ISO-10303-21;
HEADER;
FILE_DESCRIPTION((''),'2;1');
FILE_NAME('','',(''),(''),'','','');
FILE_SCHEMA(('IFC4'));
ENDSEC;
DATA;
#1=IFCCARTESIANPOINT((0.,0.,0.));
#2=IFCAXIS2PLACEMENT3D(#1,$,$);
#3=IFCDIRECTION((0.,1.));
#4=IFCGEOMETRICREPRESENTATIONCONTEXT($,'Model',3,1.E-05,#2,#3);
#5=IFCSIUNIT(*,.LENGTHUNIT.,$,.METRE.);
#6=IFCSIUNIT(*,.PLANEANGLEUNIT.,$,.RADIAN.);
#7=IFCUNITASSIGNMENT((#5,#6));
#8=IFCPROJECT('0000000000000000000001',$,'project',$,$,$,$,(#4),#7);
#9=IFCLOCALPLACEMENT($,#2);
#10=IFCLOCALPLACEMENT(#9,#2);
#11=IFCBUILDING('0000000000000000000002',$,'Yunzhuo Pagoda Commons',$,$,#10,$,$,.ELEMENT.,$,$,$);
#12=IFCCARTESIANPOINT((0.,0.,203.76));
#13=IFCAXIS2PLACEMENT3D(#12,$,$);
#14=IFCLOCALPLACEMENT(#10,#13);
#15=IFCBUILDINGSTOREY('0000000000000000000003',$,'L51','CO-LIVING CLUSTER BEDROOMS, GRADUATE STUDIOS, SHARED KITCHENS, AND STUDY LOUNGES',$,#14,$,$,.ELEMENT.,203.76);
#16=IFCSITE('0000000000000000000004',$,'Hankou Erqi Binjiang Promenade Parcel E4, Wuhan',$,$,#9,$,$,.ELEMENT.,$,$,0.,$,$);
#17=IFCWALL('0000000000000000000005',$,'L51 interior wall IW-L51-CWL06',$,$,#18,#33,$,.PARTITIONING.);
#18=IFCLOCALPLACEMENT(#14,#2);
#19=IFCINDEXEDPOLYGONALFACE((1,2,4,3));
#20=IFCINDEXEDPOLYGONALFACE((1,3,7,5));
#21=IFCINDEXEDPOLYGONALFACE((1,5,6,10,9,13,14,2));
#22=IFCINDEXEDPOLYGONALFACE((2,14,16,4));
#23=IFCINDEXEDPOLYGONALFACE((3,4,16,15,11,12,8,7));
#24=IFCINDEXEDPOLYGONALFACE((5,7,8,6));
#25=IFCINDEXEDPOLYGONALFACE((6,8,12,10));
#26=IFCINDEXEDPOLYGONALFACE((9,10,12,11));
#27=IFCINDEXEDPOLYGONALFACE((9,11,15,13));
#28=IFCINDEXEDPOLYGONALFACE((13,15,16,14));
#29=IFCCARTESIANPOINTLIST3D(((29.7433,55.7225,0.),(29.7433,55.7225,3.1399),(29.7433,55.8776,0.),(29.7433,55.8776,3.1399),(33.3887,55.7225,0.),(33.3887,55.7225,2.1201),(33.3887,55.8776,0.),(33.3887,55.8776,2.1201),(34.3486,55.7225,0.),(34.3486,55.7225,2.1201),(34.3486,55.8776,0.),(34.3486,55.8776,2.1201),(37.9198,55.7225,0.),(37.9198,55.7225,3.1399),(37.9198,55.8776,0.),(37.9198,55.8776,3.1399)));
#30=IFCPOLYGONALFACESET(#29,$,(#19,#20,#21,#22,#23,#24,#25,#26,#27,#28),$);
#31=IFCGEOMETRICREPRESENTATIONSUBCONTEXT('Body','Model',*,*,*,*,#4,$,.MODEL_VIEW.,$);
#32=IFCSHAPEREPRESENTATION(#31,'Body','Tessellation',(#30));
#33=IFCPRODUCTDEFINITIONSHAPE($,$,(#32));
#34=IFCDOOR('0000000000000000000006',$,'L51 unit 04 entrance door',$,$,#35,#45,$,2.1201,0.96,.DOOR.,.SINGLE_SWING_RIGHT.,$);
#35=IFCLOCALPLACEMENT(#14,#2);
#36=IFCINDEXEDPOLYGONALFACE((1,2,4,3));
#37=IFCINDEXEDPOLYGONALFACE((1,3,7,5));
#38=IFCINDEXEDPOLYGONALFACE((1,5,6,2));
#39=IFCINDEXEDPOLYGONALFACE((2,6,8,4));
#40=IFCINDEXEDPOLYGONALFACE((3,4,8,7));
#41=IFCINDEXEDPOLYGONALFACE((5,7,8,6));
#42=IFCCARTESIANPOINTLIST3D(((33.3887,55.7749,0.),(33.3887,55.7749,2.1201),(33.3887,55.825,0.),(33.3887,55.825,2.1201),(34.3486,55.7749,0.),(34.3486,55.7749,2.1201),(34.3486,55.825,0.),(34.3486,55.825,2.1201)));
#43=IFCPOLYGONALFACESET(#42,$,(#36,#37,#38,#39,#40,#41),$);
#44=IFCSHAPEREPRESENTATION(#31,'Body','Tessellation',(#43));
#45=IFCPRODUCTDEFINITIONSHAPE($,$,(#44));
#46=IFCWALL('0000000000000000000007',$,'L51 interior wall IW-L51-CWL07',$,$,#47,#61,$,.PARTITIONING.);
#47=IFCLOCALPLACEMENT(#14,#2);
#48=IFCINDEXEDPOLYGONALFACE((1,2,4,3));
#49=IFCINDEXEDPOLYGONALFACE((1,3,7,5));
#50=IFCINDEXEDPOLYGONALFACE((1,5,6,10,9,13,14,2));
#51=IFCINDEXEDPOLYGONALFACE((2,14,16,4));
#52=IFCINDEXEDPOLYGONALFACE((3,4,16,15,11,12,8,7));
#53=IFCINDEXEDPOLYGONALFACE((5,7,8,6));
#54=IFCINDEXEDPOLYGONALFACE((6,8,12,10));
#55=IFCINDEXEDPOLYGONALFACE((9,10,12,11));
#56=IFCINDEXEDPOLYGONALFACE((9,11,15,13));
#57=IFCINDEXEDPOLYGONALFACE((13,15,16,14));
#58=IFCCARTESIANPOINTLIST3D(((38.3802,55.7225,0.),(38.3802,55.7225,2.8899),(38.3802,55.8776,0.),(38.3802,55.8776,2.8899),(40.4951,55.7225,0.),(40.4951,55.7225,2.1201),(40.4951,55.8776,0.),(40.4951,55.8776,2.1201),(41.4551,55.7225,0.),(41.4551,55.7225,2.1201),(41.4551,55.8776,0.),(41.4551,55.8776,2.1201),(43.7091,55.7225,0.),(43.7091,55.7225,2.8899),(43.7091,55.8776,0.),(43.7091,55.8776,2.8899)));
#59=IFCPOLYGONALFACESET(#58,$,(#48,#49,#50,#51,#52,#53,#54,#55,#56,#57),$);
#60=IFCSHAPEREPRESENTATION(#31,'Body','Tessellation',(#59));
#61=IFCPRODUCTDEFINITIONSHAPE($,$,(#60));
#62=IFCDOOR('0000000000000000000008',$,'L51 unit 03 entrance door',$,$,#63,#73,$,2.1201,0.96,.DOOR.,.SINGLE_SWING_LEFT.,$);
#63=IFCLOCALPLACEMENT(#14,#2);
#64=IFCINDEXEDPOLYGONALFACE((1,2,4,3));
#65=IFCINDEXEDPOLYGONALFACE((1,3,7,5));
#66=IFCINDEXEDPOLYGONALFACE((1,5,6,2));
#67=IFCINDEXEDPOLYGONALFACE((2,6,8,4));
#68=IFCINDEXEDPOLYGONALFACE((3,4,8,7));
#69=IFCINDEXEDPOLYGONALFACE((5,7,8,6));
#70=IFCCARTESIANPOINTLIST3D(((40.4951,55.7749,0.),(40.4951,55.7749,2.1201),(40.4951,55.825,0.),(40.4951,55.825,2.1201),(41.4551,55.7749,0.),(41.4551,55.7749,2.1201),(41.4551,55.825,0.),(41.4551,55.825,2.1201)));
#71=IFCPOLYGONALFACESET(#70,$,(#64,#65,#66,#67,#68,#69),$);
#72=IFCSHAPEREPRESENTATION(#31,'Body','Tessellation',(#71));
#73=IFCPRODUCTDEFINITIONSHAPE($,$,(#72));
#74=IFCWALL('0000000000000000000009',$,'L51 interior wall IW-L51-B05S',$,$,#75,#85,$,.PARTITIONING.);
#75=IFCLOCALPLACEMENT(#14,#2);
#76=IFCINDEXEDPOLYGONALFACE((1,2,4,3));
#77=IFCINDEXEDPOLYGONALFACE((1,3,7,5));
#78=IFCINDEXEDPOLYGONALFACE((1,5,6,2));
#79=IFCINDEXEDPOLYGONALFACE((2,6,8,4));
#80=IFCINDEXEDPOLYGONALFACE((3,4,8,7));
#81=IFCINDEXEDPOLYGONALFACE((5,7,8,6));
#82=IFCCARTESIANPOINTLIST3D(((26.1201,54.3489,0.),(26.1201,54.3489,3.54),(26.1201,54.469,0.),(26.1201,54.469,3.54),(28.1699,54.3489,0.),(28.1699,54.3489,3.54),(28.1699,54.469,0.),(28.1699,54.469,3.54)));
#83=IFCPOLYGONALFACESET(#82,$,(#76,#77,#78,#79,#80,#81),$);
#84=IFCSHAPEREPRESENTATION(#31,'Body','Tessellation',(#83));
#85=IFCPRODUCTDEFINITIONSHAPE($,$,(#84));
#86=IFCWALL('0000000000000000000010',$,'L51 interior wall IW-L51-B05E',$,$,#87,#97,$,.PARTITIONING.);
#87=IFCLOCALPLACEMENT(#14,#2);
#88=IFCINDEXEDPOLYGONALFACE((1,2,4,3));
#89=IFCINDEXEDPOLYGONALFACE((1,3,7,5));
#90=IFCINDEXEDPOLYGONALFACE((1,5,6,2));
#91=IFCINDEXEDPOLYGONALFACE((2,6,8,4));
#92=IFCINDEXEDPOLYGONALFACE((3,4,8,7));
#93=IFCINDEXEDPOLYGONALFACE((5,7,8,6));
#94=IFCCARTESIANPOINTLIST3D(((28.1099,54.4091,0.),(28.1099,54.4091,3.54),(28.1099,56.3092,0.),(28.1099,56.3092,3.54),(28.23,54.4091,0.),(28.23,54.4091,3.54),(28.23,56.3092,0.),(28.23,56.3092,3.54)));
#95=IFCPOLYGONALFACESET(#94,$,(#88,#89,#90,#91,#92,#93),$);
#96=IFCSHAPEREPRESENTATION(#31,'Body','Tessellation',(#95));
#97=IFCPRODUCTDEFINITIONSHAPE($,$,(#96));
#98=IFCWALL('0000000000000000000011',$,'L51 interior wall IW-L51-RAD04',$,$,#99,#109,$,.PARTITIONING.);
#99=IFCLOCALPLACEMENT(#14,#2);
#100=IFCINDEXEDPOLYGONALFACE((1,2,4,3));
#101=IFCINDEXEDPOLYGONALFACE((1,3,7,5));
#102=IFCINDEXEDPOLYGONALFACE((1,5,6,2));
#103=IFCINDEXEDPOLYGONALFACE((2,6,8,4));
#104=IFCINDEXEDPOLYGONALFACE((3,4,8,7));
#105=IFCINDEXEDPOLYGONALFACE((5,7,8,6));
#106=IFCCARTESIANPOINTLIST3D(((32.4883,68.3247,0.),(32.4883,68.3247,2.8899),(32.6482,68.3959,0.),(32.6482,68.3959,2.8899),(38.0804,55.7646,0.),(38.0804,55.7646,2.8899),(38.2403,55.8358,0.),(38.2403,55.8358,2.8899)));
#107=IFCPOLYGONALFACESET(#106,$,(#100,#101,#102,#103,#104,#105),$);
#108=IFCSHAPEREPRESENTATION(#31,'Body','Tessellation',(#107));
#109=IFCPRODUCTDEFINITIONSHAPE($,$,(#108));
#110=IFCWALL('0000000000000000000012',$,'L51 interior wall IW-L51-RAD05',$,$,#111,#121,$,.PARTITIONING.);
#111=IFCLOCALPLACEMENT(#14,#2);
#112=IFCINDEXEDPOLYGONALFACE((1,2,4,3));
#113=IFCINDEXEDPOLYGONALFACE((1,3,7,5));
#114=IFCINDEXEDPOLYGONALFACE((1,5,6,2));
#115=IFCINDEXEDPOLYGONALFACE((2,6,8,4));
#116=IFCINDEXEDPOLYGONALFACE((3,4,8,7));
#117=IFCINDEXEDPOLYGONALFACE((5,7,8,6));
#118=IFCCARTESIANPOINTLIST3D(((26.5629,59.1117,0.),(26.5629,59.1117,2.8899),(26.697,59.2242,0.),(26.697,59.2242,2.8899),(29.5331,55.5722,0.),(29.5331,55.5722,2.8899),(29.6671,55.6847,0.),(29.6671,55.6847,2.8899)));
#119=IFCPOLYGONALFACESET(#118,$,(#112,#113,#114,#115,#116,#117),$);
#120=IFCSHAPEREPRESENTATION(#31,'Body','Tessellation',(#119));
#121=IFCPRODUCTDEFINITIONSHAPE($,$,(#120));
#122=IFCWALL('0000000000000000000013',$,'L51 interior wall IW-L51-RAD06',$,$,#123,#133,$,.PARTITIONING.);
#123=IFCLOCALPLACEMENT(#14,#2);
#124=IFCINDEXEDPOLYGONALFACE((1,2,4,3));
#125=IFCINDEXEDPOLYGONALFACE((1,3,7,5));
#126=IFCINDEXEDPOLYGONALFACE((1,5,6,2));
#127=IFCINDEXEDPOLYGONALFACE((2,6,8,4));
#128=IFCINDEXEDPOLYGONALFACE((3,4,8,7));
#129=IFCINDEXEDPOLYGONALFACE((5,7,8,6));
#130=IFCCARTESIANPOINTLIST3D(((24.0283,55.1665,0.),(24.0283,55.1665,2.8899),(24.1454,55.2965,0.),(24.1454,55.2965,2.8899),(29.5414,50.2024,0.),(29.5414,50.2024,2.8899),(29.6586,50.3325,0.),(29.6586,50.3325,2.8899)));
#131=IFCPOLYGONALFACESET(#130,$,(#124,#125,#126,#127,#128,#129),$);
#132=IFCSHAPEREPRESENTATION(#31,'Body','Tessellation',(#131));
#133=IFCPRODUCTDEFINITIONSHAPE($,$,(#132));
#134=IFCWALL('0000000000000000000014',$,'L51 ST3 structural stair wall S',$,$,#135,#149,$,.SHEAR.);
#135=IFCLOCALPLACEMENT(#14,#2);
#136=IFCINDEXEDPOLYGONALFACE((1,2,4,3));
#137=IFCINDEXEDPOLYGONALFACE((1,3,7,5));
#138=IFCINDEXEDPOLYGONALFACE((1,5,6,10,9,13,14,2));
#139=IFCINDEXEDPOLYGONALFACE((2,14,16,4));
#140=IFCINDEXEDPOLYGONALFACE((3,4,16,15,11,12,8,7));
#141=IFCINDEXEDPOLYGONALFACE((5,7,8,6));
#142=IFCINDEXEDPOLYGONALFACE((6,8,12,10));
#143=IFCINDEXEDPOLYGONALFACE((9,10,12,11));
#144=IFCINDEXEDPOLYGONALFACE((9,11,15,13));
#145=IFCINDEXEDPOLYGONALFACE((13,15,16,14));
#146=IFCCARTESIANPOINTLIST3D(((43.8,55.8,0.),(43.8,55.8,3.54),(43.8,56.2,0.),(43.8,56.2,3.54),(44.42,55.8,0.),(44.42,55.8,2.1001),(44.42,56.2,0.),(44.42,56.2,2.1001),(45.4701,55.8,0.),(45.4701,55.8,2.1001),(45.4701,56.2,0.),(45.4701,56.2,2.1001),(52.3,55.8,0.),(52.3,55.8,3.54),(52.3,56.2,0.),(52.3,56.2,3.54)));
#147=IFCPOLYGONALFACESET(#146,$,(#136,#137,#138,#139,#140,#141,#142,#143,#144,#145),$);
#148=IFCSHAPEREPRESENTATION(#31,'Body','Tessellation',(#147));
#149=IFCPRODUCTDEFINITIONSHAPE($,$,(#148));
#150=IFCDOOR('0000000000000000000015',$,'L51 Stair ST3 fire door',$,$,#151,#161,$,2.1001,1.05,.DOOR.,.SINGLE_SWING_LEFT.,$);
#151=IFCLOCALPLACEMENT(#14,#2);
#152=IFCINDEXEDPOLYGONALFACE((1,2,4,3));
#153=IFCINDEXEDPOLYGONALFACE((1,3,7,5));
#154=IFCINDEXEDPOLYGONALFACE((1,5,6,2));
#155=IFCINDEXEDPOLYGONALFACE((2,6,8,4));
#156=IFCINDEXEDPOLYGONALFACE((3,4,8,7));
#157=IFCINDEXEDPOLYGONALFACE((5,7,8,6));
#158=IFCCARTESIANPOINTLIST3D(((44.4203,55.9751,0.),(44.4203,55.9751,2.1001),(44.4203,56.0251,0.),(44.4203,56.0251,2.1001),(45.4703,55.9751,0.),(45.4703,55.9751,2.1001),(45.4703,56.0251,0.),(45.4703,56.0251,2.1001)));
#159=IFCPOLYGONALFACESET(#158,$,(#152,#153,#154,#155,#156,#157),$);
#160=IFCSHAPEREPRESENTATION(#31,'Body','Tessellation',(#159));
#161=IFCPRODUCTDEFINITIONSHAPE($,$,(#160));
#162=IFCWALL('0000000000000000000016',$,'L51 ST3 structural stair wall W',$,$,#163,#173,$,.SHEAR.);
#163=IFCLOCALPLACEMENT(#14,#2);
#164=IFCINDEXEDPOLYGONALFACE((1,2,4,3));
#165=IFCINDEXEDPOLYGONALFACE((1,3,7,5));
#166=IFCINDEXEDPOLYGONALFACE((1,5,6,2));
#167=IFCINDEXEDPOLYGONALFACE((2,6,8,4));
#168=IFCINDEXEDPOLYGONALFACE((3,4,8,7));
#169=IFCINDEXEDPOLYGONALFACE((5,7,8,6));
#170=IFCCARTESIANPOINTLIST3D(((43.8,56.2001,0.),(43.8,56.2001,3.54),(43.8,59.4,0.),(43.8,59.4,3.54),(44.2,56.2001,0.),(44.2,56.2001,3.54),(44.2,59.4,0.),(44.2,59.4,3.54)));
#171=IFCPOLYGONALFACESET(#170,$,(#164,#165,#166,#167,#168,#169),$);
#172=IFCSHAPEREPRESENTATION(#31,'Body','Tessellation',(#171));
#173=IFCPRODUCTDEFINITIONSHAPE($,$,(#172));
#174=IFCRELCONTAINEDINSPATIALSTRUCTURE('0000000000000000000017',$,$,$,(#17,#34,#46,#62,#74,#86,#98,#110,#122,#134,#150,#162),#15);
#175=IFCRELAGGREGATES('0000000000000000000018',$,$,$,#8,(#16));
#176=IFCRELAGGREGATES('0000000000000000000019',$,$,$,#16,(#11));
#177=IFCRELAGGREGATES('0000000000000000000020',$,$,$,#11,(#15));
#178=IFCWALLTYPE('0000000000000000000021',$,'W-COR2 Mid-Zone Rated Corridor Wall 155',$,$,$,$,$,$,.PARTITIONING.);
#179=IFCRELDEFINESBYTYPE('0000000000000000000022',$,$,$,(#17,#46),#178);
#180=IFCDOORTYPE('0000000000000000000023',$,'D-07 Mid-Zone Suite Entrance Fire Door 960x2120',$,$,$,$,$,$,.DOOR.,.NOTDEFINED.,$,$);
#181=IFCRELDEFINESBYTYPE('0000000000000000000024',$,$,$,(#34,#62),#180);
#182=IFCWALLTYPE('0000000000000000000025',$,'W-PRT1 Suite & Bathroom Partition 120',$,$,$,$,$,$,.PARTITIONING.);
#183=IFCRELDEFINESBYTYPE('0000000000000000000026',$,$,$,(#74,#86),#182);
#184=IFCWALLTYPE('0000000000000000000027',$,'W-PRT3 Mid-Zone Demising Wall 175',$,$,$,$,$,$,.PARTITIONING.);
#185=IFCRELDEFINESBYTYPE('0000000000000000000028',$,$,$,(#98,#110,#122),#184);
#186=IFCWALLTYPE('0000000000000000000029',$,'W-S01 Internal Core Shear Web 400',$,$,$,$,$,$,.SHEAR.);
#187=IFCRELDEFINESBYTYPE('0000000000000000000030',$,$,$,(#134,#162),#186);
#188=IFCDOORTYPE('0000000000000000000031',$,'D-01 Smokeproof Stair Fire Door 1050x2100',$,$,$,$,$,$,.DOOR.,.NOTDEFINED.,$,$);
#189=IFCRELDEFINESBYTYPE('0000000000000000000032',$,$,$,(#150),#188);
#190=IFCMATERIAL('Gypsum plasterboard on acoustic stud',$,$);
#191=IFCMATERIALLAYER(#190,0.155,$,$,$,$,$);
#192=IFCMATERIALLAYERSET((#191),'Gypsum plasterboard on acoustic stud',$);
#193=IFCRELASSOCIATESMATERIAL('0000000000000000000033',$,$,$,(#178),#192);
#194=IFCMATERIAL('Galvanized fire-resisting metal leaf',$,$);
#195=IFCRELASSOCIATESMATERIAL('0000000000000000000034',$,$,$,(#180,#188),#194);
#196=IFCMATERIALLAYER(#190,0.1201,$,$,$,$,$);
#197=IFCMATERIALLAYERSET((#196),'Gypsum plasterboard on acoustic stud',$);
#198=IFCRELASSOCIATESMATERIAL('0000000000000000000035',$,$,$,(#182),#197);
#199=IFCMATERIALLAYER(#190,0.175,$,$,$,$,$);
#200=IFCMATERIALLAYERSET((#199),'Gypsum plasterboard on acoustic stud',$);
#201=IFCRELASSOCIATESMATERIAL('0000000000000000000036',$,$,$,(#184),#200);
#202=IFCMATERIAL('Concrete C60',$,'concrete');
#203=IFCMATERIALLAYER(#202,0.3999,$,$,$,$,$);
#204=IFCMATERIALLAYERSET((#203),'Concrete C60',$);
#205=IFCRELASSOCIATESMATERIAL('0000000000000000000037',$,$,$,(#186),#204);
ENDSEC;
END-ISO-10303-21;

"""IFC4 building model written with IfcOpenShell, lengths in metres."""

from ifc_helpers import new_model, si_unit, direction, frame, frame_2d, origin, origin_with_axes, place, context, subcontext, project, spatial, rectangle, extrude, source, transform, mapped, material, layer, layer_set, type_object, element, fill, save


model = new_model("IFC4")

# Units and contexts
model_context = context("Model", 3, precision=1e-05, world=origin(), true_north=direction((0.0, 1.0)))
body_context = subcontext(model_context, "Body", "Model", "MODEL_VIEW")
ifc_project = project(units=[si_unit("LENGTHUNIT", "METRE"), si_unit("PLANEANGLEUNIT", "RADIAN")], contexts=[model_context])

# Site, building, storey
site_placement = place(None, origin())
site = spatial("IfcSite", under=ifc_project, at=site_placement, Name="Hankou Erqi Binjiang Promenade Parcel E4, Wuhan", CompositionType="ELEMENT", RefElevation=0.0)
building_placement = place(site_placement, origin())
building = spatial("IfcBuilding", under=site, at=building_placement, Name="Yunzhuo Pagoda Commons", CompositionType="ELEMENT")
storey_placement = place(building_placement, frame((0.0, 0.0, 203.76)))
storey = spatial("IfcBuildingStorey", under=building, at=storey_placement, Name="L51", Description="CO-LIVING CLUSTER BEDROOMS, GRADUATE STUDIOS, SHARED KITCHENS, AND STUDY LOUNGES", CompositionType="ELEMENT", Elevation=203.76)

# Shared definitions
ifc_material_1 = material(Name="Gypsum plasterboard on acoustic stud")
ifc_layer_1 = layer(ifc_material_1, 0.155)
ifc_layer_set_1 = layer_set([ifc_layer_1], Name="Gypsum plasterboard on acoustic stud")
wall_type_1 = type_object("IfcWallType", Name="W-COR2 Mid-Zone Rated Corridor Wall 155", PredefinedType="PARTITIONING", material=ifc_layer_set_1)

# Walls, openings, doors
ifc_material_2 = material(Name="Galvanized fire-resisting metal leaf")
door_type_1 = type_object("IfcDoorType", Name="D-07 Mid-Zone Suite Entrance Fire Door 960x2120", OperationType="NOTDEFINED", PredefinedType="DOOR", material=ifc_material_2)
shared_shape_1 = source(origin(), body_context, "Body", "SweptSolid", [
    extrude(rectangle(XDim=0.96, YDim=2.1201, at=frame_2d((0.48, 1.0601))), frame((0.0, 0.0249, 0.0), z_axis=(0.0, -1.0, 0.0), x_axis=(1.0, 0.0, 0.0)), (0.0, 0.0, 1.0), 0.05),
])
wall_1_placement = place(storey_placement, frame((29.7432, 55.8, 0.0), z_axis=(0.0, 0.0, 1.0), x_axis=(1.0, 0.0, 0.0)))
wall_1 = element("IfcWall", 1, at=wall_1_placement, inside=storey, type_object=wall_type_1, Name="L51 interior wall IW-L51-CWL06", PredefinedType="PARTITIONING", context=body_context, shape_type="SweptSolid", body=[
    extrude(rectangle(XDim=8.1765, YDim=0.155, at=frame_2d((4.0884, 0.0))), origin(), (0.0, 0.0, 1.0), 3.1399),
])
opening_1_placement = place(wall_1_placement, frame((3.6455, 0.0, 0.0)))
opening_1 = element("IfcOpeningElement", 2, at=opening_1_placement, cuts=wall_1, PredefinedType="OPENING", context=body_context, shape_type="SweptSolid", body=[
    extrude(rectangle(XDim=0.96, YDim=2.1201, at=frame_2d((0.48, 1.0601))), frame((0.0, 0.0874, 0.0), z_axis=(0.0, -1.0, 0.0), x_axis=(1.0, 0.0, 0.0)), (0.0, 0.0, 1.0), 0.175),
])
door_1_placement = place(opening_1_placement, origin_with_axes())
door_1 = element("IfcDoor", 3, at=door_1_placement, inside=storey, type_object=door_type_1, Name="L51 unit 04 entrance door", OperationType="SINGLE_SWING_RIGHT", OverallHeight=2.1201, OverallWidth=0.96, PredefinedType="DOOR", context=body_context, shape_type="MappedRepresentation", body=[
    mapped(shared_shape_1, transform((0.0, 0.0, 0.0), scale=1.0)),
])
fill(opening_1, door_1)
wall_2_placement = place(storey_placement, frame((38.3801, 55.8, 0.0), z_axis=(0.0, 0.0, 1.0), x_axis=(1.0, 0.0, 0.0)))
wall_2 = element("IfcWall", 4, at=wall_2_placement, inside=storey, type_object=wall_type_1, Name="L51 interior wall IW-L51-CWL07", PredefinedType="PARTITIONING", context=body_context, shape_type="SweptSolid", body=[
    extrude(rectangle(XDim=5.3289, YDim=0.155, at=frame_2d((2.6646, 0.0))), origin(), (0.0, 0.0, 1.0), 2.8899),
])
opening_2_placement = place(wall_2_placement, frame((2.115, 0.0, 0.0)))
opening_2 = element("IfcOpeningElement", 5, at=opening_2_placement, cuts=wall_2, PredefinedType="OPENING", context=body_context, shape_type="SweptSolid", body=[
    extrude(rectangle(XDim=0.96, YDim=2.1201, at=frame_2d((0.48, 1.0601))), frame((0.0, 0.0874, 0.0), z_axis=(0.0, -1.0, 0.0), x_axis=(1.0, 0.0, 0.0)), (0.0, 0.0, 1.0), 0.175),
])
door_2_placement = place(opening_2_placement, origin_with_axes())
door_2 = element("IfcDoor", 6, at=door_2_placement, inside=storey, type_object=door_type_1, Name="L51 unit 03 entrance door", OperationType="SINGLE_SWING_LEFT", OverallHeight=2.1201, OverallWidth=0.96, PredefinedType="DOOR", context=body_context, shape_type="MappedRepresentation", body=[
    mapped(shared_shape_1, transform((0.0, 0.0, 0.0), scale=1.0)),
])
fill(opening_2, door_2)

# Walls
ifc_layer_2 = layer(ifc_material_1, 0.1201)
ifc_layer_set_2 = layer_set([ifc_layer_2], Name="Gypsum plasterboard on acoustic stud")
wall_type_2 = type_object("IfcWallType", Name="W-PRT1 Suite & Bathroom Partition 120", PredefinedType="PARTITIONING", material=ifc_layer_set_2)
wall_3_placement = place(storey_placement, frame((26.1201, 54.4089, 0.0), z_axis=(0.0, 0.0, 1.0), x_axis=(1.0, 0.0, 0.0)))
element("IfcWall", 7, at=wall_3_placement, inside=storey, type_object=wall_type_2, Name="L51 interior wall IW-L51-B05S", PredefinedType="PARTITIONING", context=body_context, shape_type="SweptSolid", body=[
    extrude(rectangle(XDim=2.0498, YDim=0.1201, at=frame_2d((1.0249, 0.0))), origin(), (0.0, 0.0, 1.0), 3.54),
])
wall_4_placement = place(storey_placement, frame((28.1699, 54.4089, 0.0), z_axis=(0.0, 0.0, 1.0), x_axis=(0.0, 1.0, 0.0)))
element("IfcWall", 8, at=wall_4_placement, inside=storey, type_object=wall_type_2, Name="L51 interior wall IW-L51-B05E", PredefinedType="PARTITIONING", context=body_context, shape_type="SweptSolid", body=[
    extrude(rectangle(XDim=1.9001, YDim=0.1201, at=frame_2d((0.9502, 0.0))), origin(), (0.0, 0.0, 1.0), 3.54),
])
ifc_layer_3 = layer(ifc_material_1, 0.175)
ifc_layer_set_3 = layer_set([ifc_layer_3], Name="Gypsum plasterboard on acoustic stud")
wall_type_3 = type_object("IfcWallType", Name="W-PRT3 Mid-Zone Demising Wall 175", PredefinedType="PARTITIONING", material=ifc_layer_set_3)
wall_5_placement = place(storey_placement, frame((38.1604, 55.8, 0.0), z_axis=(0.0, 0.0, 1.0), x_axis=(-0.406733, 0.913547, 0.0)))
element("IfcWall", 9, at=wall_5_placement, inside=storey, type_object=wall_type_3, Name="L51 interior wall IW-L51-RAD04", PredefinedType="PARTITIONING", context=body_context, shape_type="SweptSolid", body=[
    extrude(rectangle(XDim=13.7488, YDim=0.175, at=frame_2d((6.8745, 0.0))), origin(), (0.0, 0.0, 1.0), 2.8899),
])
wall_6_placement = place(storey_placement, frame((29.6001, 55.6284, 0.0), z_axis=(0.0, 0.0, 1.0), x_axis=(-0.64281, 0.766025, 0.0)))
element("IfcWall", 10, at=wall_6_placement, inside=storey, type_object=wall_type_3, Name="L51 interior wall IW-L51-RAD05", PredefinedType="PARTITIONING", context=body_context, shape_type="SweptSolid", body=[
    extrude(rectangle(XDim=4.6206, YDim=0.175, at=frame_2d((2.3103, 0.0))), origin(), (0.0, 0.0, 1.0), 2.8899),
])
wall_7_placement = place(storey_placement, frame((29.6001, 50.2673, 0.0), z_axis=(0.0, 0.0, 1.0), x_axis=(-0.743144, 0.669132, 0.0)))
element("IfcWall", 11, at=wall_7_placement, inside=storey, type_object=wall_type_3, Name="L51 interior wall IW-L51-RAD06", PredefinedType="PARTITIONING", context=body_context, shape_type="SweptSolid", body=[
    extrude(rectangle(XDim=7.4187, YDim=0.175, at=frame_2d((3.7095, 0.0))), origin(), (0.0, 0.0, 1.0), 2.8899),
])

# Wall, opening, door
ifc_material_3 = material(Name="Concrete C60", Category="concrete")
ifc_layer_4 = layer(ifc_material_3, 0.3999)
ifc_layer_set_4 = layer_set([ifc_layer_4], Name="Concrete C60")
wall_type_4 = type_object("IfcWallType", Name="W-S01 Internal Core Shear Web 400", PredefinedType="SHEAR", material=ifc_layer_set_4)
wall_8_placement = place(storey_placement, frame((43.8, 56.0, 0.0), z_axis=(0.0, 0.0, 1.0), x_axis=(1.0, 0.0, 0.0)))
wall_8 = element("IfcWall", 12, at=wall_8_placement, inside=storey, type_object=wall_type_4, Name="L51 ST3 structural stair wall S", PredefinedType="SHEAR", context=body_context, shape_type="SweptSolid", body=[
    extrude(rectangle(XDim=8.5, YDim=0.3999, at=frame_2d((4.25, 0.0))), origin(), (0.0, 0.0, 1.0), 3.54),
])
opening_3_placement = place(wall_8_placement, frame((0.6201, 0.0, 0.0)))
opening_3 = element("IfcOpeningElement", 13, at=opening_3_placement, cuts=wall_8, PredefinedType="OPENING", context=body_context, shape_type="SweptSolid", body=[
    extrude(rectangle(XDim=1.05, YDim=2.1001, at=frame_2d((0.5249, 1.05))), frame((0.0, 0.21, 0.0), z_axis=(0.0, -1.0, 0.0), x_axis=(1.0, 0.0, 0.0)), (0.0, 0.0, 1.0), 0.4199),
])
door_type_2 = type_object("IfcDoorType", Name="D-01 Smokeproof Stair Fire Door 1050x2100", OperationType="NOTDEFINED", PredefinedType="DOOR", material=ifc_material_2)
shared_shape_2 = source(origin(), body_context, "Body", "SweptSolid", [
    extrude(rectangle(XDim=1.05, YDim=2.1001, at=frame_2d((0.5249, 1.05))), frame((0.0, 0.0249, 0.0), z_axis=(0.0, -1.0, 0.0), x_axis=(1.0, 0.0, 0.0)), (0.0, 0.0, 1.0), 0.05),
])
door_3_placement = place(opening_3_placement, frame((1.05, 0.0, 0.0), z_axis=(0.0, 0.0, 1.0), x_axis=(-1.0, 0.0, 0.0)))
door_3 = element("IfcDoor", 14, at=door_3_placement, inside=storey, type_object=door_type_2, Name="L51 Stair ST3 fire door", OperationType="SINGLE_SWING_LEFT", OverallHeight=2.1001, OverallWidth=1.05, PredefinedType="DOOR", context=body_context, shape_type="MappedRepresentation", body=[
    mapped(shared_shape_2, transform((0.0, 0.0, 0.0), scale=1.0)),
])
fill(opening_3, door_3)

# Wall
wall_9_placement = place(storey_placement, frame((44.0, 56.2, 0.0), z_axis=(0.0, 0.0, 1.0), x_axis=(0.0, 1.0, 0.0)))
element("IfcWall", 15, at=wall_9_placement, inside=storey, type_object=wall_type_4, Name="L51 ST3 structural stair wall W", PredefinedType="SHEAR", context=body_context, shape_type="SweptSolid", body=[
    extrude(rectangle(XDim=3.2, YDim=0.3999, at=frame_2d((1.6001, 0.0))), origin(), (0.0, 0.0, 1.0), 3.54),
])

save(model, "model.ifc")
